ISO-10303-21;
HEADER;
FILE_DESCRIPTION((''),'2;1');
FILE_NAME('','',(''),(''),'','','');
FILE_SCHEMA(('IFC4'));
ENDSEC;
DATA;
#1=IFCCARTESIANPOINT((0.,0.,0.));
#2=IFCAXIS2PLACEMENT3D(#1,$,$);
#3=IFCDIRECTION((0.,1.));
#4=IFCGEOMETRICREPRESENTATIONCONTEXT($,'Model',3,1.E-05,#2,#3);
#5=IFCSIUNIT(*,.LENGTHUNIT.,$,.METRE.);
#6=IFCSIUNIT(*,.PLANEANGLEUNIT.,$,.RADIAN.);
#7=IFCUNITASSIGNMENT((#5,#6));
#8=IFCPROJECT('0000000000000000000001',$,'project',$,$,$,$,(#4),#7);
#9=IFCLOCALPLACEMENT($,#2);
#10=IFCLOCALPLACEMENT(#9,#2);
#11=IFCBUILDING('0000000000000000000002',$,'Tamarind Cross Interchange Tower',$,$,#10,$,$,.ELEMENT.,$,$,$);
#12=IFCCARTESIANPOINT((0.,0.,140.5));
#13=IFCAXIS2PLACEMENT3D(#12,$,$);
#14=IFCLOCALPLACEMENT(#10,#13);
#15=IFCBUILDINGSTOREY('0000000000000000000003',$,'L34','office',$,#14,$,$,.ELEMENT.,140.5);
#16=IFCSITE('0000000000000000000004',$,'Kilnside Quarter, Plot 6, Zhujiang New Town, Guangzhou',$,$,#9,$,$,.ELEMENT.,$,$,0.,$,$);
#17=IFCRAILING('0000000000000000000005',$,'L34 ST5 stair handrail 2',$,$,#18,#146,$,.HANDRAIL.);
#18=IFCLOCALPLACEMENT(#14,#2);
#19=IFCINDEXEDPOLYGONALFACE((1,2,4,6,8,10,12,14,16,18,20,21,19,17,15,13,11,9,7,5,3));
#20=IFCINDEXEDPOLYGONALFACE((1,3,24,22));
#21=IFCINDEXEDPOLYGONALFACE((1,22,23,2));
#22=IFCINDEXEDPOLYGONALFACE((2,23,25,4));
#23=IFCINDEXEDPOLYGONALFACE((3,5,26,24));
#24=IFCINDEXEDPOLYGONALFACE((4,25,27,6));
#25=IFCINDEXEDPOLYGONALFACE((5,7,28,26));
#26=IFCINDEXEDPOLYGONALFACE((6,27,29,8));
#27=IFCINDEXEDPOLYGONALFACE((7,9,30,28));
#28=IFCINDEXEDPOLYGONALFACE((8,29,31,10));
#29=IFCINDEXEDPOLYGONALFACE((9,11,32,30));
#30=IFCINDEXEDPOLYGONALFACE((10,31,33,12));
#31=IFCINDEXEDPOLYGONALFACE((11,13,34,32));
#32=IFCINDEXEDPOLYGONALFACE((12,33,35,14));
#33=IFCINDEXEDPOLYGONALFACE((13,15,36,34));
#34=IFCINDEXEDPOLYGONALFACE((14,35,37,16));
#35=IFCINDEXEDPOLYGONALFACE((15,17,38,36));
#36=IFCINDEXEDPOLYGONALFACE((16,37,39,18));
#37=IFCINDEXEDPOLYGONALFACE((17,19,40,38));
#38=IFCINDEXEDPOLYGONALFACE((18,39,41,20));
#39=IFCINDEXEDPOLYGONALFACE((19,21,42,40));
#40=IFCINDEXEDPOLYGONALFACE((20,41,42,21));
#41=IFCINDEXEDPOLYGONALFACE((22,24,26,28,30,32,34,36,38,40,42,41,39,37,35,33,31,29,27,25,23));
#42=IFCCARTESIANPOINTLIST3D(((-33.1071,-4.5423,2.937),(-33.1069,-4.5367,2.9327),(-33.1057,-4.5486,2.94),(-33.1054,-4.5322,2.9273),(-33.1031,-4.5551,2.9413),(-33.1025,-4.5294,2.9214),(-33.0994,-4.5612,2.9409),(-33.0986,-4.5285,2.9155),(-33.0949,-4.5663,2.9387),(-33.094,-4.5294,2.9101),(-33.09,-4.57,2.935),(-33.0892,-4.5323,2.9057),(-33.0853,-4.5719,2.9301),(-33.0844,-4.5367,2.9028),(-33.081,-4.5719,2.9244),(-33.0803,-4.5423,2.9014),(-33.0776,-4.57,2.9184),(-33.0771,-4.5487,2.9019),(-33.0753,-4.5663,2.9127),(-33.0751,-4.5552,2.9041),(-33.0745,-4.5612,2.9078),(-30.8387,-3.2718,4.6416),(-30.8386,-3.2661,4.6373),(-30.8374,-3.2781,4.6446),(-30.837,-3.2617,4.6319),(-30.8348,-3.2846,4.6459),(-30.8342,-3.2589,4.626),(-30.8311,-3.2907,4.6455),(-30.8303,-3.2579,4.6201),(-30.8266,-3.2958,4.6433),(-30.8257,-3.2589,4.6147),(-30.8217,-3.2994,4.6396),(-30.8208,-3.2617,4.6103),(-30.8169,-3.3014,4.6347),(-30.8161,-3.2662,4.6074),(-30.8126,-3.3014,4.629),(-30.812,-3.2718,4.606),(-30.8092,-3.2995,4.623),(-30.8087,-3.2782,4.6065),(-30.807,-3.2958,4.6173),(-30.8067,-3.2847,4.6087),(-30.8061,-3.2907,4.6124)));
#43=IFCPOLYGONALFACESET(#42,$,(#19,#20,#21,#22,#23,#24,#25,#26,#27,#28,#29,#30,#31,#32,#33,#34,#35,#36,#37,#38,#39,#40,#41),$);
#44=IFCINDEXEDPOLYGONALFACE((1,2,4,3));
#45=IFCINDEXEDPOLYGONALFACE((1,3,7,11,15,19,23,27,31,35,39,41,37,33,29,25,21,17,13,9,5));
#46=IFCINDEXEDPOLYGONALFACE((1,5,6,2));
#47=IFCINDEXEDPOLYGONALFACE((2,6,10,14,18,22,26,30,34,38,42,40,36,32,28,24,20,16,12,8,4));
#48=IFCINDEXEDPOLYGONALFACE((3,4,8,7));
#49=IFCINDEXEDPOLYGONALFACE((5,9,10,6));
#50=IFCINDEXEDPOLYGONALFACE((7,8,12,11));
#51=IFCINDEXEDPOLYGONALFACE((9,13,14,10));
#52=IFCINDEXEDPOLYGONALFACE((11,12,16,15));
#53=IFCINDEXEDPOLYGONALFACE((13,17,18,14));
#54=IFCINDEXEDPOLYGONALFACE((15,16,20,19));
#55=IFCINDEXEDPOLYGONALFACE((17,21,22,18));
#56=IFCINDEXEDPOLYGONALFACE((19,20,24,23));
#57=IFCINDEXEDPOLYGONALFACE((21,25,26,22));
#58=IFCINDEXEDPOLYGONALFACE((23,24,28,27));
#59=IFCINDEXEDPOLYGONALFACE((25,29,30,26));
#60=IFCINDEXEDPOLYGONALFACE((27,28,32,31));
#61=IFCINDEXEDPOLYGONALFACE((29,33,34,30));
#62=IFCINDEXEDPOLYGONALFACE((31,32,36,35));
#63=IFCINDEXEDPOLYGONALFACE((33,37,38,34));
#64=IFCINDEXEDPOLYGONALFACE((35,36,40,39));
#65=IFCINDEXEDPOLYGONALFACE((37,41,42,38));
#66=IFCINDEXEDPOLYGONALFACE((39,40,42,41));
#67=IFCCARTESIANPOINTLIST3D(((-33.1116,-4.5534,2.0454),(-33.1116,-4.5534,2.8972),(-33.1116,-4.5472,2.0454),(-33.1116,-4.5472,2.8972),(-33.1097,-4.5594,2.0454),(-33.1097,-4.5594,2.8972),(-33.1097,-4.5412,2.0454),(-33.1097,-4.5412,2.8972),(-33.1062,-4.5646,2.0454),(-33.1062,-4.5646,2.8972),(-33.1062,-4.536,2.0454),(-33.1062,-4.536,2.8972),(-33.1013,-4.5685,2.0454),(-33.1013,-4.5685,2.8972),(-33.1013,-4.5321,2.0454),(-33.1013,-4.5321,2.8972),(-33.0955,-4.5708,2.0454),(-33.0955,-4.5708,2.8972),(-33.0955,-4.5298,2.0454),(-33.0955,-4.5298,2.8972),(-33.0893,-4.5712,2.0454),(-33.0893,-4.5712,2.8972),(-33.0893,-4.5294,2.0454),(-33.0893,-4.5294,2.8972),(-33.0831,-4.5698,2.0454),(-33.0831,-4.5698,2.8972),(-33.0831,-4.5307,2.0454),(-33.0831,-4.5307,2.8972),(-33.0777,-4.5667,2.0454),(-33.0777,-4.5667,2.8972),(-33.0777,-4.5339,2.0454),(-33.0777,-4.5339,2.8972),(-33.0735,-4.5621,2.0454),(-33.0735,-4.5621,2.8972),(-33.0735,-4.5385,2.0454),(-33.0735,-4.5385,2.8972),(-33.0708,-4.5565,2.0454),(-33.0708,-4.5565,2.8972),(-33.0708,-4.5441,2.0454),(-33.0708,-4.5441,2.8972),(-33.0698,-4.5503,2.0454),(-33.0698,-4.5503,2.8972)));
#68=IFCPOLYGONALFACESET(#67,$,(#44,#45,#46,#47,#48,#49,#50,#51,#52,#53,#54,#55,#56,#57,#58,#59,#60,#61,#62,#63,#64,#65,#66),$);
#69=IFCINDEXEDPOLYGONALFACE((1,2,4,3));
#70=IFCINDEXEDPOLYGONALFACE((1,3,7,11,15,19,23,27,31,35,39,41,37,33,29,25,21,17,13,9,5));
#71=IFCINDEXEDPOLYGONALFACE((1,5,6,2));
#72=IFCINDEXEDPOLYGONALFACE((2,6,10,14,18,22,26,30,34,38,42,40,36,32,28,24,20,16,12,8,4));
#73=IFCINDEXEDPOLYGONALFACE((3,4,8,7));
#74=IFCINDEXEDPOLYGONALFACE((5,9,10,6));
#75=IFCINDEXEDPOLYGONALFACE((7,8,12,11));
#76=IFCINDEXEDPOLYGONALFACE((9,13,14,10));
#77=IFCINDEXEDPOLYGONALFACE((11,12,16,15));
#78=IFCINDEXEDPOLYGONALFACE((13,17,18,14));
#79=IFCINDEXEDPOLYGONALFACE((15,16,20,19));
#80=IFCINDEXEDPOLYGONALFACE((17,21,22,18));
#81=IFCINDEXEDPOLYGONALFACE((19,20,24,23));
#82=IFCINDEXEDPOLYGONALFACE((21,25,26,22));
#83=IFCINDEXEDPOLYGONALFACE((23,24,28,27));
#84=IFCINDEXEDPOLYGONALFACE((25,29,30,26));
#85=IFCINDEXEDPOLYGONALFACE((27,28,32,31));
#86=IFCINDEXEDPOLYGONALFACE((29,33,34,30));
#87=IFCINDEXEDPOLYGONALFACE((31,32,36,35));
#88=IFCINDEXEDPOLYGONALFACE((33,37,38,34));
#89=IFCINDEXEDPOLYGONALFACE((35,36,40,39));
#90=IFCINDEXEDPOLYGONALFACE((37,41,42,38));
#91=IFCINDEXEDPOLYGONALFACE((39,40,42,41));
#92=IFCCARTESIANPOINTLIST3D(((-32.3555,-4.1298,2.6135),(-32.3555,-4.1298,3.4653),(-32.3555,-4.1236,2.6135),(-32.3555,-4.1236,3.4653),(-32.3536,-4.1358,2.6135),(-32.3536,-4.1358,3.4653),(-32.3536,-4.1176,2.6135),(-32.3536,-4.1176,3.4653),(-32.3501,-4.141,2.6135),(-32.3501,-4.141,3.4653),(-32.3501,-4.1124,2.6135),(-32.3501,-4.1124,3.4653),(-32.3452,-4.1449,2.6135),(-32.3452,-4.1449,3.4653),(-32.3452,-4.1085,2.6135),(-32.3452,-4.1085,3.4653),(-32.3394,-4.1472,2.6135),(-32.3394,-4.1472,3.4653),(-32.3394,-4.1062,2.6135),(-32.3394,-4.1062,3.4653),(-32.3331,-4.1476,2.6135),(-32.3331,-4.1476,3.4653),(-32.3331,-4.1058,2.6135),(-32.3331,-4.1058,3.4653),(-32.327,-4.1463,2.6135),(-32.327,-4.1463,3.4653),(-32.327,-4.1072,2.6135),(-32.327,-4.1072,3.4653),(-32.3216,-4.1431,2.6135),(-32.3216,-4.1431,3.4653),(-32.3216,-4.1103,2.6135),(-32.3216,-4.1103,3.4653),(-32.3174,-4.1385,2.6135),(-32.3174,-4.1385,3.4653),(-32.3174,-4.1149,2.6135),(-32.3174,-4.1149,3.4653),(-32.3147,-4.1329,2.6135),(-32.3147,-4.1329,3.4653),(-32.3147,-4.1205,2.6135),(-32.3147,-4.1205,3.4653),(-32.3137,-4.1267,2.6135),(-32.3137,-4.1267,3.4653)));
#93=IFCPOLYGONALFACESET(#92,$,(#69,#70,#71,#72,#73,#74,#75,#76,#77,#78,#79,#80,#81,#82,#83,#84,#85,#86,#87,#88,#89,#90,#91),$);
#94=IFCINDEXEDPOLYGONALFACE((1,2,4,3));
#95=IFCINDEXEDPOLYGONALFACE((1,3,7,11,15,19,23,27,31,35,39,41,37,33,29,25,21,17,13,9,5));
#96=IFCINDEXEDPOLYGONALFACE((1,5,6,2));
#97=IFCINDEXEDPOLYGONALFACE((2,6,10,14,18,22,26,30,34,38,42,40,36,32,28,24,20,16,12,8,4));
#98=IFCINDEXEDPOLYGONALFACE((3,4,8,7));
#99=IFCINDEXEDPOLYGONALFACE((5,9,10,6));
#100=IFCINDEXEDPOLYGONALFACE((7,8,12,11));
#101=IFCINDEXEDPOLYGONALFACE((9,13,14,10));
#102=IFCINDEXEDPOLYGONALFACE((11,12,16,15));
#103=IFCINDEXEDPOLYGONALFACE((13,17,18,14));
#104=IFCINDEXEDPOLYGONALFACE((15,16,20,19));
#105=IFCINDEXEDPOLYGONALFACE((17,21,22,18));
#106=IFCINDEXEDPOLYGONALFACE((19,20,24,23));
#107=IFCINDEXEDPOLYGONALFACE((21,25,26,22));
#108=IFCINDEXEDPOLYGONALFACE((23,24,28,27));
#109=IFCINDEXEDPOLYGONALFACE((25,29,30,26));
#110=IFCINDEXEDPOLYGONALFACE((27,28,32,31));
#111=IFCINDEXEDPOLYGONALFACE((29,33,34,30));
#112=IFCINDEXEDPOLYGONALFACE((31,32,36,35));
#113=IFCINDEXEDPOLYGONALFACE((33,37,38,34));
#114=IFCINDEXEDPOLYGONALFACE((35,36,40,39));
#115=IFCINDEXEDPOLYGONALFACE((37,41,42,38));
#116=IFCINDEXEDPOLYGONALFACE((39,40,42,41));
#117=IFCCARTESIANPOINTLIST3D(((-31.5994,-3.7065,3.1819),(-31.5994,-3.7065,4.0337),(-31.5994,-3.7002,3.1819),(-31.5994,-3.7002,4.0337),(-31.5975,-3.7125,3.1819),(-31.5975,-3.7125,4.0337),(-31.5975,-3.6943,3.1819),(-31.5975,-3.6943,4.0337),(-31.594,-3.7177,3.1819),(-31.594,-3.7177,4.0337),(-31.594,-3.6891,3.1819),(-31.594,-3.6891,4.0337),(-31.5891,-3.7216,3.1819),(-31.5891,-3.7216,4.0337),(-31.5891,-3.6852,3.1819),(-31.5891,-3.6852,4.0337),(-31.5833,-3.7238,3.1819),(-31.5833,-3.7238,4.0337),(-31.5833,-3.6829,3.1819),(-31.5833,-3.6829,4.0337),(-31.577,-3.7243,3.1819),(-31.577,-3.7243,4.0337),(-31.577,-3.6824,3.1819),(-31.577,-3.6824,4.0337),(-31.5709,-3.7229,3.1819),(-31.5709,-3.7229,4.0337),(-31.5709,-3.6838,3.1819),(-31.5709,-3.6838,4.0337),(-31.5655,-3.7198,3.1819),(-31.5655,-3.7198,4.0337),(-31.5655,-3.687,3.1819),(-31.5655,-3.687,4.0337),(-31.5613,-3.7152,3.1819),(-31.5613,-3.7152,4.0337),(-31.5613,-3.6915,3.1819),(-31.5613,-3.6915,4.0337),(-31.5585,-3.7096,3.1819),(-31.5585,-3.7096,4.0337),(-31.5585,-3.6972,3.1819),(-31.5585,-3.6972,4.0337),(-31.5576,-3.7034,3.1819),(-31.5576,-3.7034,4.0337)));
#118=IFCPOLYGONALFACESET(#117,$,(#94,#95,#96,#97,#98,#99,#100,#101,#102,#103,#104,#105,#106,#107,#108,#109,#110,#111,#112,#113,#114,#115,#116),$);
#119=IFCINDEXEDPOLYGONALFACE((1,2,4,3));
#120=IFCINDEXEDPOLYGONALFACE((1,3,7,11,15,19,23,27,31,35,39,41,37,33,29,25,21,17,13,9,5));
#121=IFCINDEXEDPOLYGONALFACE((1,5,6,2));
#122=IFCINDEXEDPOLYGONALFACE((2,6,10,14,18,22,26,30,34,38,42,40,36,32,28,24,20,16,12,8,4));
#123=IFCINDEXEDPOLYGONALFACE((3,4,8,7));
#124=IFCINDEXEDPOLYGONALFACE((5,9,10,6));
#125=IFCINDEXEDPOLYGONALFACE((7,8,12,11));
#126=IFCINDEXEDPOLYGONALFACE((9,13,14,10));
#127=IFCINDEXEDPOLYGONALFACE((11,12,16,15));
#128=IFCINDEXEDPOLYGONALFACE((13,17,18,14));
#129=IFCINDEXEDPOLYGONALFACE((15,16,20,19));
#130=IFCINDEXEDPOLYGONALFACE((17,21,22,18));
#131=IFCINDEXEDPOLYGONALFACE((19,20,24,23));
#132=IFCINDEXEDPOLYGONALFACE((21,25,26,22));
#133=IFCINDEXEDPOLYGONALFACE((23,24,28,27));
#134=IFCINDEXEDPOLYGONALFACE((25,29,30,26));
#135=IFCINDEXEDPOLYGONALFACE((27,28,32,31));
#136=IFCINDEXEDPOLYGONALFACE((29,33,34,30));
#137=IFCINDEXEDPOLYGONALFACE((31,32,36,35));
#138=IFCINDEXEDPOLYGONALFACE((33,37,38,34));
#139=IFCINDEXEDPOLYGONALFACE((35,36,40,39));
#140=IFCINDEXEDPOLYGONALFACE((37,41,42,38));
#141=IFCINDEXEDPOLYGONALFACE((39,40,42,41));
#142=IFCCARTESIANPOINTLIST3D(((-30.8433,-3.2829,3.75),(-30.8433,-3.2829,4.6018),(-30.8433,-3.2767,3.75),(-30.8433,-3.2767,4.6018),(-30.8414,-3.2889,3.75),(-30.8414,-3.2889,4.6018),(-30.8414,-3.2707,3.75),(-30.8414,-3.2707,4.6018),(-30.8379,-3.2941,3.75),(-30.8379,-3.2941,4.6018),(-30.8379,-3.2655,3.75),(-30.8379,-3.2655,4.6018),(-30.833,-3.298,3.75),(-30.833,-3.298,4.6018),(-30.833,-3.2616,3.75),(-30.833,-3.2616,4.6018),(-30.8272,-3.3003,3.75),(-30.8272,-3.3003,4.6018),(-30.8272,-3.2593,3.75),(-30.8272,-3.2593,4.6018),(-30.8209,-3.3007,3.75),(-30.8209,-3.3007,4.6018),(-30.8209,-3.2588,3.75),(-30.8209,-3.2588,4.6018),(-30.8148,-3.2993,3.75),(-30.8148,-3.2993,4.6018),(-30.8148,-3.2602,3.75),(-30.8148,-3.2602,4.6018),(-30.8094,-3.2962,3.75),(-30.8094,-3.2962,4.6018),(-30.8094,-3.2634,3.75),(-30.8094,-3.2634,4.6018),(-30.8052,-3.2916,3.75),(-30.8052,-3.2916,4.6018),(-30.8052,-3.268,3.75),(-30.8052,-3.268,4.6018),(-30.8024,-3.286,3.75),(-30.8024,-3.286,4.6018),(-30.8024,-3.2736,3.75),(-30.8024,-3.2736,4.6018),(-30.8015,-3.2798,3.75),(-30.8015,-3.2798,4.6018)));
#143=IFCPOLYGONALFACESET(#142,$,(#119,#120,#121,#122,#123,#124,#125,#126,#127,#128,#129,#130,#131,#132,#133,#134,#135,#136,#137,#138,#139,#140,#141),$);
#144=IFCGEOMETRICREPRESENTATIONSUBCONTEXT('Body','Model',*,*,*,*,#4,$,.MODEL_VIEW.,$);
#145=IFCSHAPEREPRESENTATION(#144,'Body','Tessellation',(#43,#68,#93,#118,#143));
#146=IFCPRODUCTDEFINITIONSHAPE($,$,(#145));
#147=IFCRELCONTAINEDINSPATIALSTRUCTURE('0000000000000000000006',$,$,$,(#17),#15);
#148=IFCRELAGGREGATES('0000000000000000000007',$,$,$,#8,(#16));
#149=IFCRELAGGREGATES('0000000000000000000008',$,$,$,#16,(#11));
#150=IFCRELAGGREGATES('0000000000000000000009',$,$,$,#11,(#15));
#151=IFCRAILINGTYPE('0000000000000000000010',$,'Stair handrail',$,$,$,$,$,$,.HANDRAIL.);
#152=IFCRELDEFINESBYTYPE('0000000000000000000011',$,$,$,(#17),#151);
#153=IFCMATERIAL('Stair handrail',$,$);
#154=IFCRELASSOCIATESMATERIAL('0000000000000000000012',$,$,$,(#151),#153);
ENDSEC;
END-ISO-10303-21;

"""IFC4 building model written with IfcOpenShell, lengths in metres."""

from ifc_helpers import new_model, si_unit, direction, frame, origin, origin_2d, place, context, subcontext, project, spatial, circle, extrude, material, type_object, element, save


model = new_model("IFC4")

# Units and contexts
model_context = context("Model", 3, precision=1e-05, world=origin(), true_north=direction((0.0, 1.0)))
body_context = subcontext(model_context, "Body", "Model", "MODEL_VIEW")
ifc_project = project(units=[si_unit("LENGTHUNIT", "METRE"), si_unit("PLANEANGLEUNIT", "RADIAN")], contexts=[model_context])

# Site, building, storey
site_placement = place(None, origin())
site = spatial("IfcSite", under=ifc_project, at=site_placement, Name="Kilnside Quarter, Plot 6, Zhujiang New Town, Guangzhou", CompositionType="ELEMENT", RefElevation=0.0)
building_placement = place(site_placement, origin())
building = spatial("IfcBuilding", under=site, at=building_placement, Name="Tamarind Cross Interchange Tower", CompositionType="ELEMENT")
storey_placement = place(building_placement, frame((0.0, 0.0, 140.5)))
storey = spatial("IfcBuildingStorey", under=building, at=storey_placement, Name="L34", Description="office", CompositionType="ELEMENT", Elevation=140.5)

# Railing
ifc_material_1 = material(Name="Stair handrail")
railing_type_1 = type_object("IfcRailingType", Name="Stair handrail", PredefinedType="HANDRAIL", material=ifc_material_1)
railing_1_placement = place(storey_placement, frame((-33.0908, -4.5503, 2.0454)))
element("IfcRailing", 1, at=railing_1_placement, inside=storey, type_object=railing_type_1, Name="L34 ST5 stair handrail 2", PredefinedType="HANDRAIL", context=body_context, shape_type="SweptSolid", body=[
    extrude(circle(Radius=0.0239, at=origin_2d()), frame((0.0, 0.0, 0.876), z_axis=(0.729626, 0.408672, 0.5483), x_axis=(-0.488678, 0.872464, 0.0)), (0.0, 0.0, 1.0), 3.1089),
    extrude(circle(Radius=0.021, at=origin_2d()), origin(), (0.0, 0.0, 1.0), 0.8518),
    extrude(circle(Radius=0.021, at=origin_2d()), frame((0.7561, 0.4236, 0.5681)), (0.0, 0.0, 1.0), 0.8518),
    extrude(circle(Radius=0.021, at=origin_2d()), frame((1.5122, 0.8469, 1.1365)), (0.0, 0.0, 1.0), 0.8518),
    extrude(circle(Radius=0.021, at=origin_2d()), frame((2.2683, 1.2705, 1.7046)), (0.0, 0.0, 1.0), 0.8518),
])

save(model, "model.ifc")
